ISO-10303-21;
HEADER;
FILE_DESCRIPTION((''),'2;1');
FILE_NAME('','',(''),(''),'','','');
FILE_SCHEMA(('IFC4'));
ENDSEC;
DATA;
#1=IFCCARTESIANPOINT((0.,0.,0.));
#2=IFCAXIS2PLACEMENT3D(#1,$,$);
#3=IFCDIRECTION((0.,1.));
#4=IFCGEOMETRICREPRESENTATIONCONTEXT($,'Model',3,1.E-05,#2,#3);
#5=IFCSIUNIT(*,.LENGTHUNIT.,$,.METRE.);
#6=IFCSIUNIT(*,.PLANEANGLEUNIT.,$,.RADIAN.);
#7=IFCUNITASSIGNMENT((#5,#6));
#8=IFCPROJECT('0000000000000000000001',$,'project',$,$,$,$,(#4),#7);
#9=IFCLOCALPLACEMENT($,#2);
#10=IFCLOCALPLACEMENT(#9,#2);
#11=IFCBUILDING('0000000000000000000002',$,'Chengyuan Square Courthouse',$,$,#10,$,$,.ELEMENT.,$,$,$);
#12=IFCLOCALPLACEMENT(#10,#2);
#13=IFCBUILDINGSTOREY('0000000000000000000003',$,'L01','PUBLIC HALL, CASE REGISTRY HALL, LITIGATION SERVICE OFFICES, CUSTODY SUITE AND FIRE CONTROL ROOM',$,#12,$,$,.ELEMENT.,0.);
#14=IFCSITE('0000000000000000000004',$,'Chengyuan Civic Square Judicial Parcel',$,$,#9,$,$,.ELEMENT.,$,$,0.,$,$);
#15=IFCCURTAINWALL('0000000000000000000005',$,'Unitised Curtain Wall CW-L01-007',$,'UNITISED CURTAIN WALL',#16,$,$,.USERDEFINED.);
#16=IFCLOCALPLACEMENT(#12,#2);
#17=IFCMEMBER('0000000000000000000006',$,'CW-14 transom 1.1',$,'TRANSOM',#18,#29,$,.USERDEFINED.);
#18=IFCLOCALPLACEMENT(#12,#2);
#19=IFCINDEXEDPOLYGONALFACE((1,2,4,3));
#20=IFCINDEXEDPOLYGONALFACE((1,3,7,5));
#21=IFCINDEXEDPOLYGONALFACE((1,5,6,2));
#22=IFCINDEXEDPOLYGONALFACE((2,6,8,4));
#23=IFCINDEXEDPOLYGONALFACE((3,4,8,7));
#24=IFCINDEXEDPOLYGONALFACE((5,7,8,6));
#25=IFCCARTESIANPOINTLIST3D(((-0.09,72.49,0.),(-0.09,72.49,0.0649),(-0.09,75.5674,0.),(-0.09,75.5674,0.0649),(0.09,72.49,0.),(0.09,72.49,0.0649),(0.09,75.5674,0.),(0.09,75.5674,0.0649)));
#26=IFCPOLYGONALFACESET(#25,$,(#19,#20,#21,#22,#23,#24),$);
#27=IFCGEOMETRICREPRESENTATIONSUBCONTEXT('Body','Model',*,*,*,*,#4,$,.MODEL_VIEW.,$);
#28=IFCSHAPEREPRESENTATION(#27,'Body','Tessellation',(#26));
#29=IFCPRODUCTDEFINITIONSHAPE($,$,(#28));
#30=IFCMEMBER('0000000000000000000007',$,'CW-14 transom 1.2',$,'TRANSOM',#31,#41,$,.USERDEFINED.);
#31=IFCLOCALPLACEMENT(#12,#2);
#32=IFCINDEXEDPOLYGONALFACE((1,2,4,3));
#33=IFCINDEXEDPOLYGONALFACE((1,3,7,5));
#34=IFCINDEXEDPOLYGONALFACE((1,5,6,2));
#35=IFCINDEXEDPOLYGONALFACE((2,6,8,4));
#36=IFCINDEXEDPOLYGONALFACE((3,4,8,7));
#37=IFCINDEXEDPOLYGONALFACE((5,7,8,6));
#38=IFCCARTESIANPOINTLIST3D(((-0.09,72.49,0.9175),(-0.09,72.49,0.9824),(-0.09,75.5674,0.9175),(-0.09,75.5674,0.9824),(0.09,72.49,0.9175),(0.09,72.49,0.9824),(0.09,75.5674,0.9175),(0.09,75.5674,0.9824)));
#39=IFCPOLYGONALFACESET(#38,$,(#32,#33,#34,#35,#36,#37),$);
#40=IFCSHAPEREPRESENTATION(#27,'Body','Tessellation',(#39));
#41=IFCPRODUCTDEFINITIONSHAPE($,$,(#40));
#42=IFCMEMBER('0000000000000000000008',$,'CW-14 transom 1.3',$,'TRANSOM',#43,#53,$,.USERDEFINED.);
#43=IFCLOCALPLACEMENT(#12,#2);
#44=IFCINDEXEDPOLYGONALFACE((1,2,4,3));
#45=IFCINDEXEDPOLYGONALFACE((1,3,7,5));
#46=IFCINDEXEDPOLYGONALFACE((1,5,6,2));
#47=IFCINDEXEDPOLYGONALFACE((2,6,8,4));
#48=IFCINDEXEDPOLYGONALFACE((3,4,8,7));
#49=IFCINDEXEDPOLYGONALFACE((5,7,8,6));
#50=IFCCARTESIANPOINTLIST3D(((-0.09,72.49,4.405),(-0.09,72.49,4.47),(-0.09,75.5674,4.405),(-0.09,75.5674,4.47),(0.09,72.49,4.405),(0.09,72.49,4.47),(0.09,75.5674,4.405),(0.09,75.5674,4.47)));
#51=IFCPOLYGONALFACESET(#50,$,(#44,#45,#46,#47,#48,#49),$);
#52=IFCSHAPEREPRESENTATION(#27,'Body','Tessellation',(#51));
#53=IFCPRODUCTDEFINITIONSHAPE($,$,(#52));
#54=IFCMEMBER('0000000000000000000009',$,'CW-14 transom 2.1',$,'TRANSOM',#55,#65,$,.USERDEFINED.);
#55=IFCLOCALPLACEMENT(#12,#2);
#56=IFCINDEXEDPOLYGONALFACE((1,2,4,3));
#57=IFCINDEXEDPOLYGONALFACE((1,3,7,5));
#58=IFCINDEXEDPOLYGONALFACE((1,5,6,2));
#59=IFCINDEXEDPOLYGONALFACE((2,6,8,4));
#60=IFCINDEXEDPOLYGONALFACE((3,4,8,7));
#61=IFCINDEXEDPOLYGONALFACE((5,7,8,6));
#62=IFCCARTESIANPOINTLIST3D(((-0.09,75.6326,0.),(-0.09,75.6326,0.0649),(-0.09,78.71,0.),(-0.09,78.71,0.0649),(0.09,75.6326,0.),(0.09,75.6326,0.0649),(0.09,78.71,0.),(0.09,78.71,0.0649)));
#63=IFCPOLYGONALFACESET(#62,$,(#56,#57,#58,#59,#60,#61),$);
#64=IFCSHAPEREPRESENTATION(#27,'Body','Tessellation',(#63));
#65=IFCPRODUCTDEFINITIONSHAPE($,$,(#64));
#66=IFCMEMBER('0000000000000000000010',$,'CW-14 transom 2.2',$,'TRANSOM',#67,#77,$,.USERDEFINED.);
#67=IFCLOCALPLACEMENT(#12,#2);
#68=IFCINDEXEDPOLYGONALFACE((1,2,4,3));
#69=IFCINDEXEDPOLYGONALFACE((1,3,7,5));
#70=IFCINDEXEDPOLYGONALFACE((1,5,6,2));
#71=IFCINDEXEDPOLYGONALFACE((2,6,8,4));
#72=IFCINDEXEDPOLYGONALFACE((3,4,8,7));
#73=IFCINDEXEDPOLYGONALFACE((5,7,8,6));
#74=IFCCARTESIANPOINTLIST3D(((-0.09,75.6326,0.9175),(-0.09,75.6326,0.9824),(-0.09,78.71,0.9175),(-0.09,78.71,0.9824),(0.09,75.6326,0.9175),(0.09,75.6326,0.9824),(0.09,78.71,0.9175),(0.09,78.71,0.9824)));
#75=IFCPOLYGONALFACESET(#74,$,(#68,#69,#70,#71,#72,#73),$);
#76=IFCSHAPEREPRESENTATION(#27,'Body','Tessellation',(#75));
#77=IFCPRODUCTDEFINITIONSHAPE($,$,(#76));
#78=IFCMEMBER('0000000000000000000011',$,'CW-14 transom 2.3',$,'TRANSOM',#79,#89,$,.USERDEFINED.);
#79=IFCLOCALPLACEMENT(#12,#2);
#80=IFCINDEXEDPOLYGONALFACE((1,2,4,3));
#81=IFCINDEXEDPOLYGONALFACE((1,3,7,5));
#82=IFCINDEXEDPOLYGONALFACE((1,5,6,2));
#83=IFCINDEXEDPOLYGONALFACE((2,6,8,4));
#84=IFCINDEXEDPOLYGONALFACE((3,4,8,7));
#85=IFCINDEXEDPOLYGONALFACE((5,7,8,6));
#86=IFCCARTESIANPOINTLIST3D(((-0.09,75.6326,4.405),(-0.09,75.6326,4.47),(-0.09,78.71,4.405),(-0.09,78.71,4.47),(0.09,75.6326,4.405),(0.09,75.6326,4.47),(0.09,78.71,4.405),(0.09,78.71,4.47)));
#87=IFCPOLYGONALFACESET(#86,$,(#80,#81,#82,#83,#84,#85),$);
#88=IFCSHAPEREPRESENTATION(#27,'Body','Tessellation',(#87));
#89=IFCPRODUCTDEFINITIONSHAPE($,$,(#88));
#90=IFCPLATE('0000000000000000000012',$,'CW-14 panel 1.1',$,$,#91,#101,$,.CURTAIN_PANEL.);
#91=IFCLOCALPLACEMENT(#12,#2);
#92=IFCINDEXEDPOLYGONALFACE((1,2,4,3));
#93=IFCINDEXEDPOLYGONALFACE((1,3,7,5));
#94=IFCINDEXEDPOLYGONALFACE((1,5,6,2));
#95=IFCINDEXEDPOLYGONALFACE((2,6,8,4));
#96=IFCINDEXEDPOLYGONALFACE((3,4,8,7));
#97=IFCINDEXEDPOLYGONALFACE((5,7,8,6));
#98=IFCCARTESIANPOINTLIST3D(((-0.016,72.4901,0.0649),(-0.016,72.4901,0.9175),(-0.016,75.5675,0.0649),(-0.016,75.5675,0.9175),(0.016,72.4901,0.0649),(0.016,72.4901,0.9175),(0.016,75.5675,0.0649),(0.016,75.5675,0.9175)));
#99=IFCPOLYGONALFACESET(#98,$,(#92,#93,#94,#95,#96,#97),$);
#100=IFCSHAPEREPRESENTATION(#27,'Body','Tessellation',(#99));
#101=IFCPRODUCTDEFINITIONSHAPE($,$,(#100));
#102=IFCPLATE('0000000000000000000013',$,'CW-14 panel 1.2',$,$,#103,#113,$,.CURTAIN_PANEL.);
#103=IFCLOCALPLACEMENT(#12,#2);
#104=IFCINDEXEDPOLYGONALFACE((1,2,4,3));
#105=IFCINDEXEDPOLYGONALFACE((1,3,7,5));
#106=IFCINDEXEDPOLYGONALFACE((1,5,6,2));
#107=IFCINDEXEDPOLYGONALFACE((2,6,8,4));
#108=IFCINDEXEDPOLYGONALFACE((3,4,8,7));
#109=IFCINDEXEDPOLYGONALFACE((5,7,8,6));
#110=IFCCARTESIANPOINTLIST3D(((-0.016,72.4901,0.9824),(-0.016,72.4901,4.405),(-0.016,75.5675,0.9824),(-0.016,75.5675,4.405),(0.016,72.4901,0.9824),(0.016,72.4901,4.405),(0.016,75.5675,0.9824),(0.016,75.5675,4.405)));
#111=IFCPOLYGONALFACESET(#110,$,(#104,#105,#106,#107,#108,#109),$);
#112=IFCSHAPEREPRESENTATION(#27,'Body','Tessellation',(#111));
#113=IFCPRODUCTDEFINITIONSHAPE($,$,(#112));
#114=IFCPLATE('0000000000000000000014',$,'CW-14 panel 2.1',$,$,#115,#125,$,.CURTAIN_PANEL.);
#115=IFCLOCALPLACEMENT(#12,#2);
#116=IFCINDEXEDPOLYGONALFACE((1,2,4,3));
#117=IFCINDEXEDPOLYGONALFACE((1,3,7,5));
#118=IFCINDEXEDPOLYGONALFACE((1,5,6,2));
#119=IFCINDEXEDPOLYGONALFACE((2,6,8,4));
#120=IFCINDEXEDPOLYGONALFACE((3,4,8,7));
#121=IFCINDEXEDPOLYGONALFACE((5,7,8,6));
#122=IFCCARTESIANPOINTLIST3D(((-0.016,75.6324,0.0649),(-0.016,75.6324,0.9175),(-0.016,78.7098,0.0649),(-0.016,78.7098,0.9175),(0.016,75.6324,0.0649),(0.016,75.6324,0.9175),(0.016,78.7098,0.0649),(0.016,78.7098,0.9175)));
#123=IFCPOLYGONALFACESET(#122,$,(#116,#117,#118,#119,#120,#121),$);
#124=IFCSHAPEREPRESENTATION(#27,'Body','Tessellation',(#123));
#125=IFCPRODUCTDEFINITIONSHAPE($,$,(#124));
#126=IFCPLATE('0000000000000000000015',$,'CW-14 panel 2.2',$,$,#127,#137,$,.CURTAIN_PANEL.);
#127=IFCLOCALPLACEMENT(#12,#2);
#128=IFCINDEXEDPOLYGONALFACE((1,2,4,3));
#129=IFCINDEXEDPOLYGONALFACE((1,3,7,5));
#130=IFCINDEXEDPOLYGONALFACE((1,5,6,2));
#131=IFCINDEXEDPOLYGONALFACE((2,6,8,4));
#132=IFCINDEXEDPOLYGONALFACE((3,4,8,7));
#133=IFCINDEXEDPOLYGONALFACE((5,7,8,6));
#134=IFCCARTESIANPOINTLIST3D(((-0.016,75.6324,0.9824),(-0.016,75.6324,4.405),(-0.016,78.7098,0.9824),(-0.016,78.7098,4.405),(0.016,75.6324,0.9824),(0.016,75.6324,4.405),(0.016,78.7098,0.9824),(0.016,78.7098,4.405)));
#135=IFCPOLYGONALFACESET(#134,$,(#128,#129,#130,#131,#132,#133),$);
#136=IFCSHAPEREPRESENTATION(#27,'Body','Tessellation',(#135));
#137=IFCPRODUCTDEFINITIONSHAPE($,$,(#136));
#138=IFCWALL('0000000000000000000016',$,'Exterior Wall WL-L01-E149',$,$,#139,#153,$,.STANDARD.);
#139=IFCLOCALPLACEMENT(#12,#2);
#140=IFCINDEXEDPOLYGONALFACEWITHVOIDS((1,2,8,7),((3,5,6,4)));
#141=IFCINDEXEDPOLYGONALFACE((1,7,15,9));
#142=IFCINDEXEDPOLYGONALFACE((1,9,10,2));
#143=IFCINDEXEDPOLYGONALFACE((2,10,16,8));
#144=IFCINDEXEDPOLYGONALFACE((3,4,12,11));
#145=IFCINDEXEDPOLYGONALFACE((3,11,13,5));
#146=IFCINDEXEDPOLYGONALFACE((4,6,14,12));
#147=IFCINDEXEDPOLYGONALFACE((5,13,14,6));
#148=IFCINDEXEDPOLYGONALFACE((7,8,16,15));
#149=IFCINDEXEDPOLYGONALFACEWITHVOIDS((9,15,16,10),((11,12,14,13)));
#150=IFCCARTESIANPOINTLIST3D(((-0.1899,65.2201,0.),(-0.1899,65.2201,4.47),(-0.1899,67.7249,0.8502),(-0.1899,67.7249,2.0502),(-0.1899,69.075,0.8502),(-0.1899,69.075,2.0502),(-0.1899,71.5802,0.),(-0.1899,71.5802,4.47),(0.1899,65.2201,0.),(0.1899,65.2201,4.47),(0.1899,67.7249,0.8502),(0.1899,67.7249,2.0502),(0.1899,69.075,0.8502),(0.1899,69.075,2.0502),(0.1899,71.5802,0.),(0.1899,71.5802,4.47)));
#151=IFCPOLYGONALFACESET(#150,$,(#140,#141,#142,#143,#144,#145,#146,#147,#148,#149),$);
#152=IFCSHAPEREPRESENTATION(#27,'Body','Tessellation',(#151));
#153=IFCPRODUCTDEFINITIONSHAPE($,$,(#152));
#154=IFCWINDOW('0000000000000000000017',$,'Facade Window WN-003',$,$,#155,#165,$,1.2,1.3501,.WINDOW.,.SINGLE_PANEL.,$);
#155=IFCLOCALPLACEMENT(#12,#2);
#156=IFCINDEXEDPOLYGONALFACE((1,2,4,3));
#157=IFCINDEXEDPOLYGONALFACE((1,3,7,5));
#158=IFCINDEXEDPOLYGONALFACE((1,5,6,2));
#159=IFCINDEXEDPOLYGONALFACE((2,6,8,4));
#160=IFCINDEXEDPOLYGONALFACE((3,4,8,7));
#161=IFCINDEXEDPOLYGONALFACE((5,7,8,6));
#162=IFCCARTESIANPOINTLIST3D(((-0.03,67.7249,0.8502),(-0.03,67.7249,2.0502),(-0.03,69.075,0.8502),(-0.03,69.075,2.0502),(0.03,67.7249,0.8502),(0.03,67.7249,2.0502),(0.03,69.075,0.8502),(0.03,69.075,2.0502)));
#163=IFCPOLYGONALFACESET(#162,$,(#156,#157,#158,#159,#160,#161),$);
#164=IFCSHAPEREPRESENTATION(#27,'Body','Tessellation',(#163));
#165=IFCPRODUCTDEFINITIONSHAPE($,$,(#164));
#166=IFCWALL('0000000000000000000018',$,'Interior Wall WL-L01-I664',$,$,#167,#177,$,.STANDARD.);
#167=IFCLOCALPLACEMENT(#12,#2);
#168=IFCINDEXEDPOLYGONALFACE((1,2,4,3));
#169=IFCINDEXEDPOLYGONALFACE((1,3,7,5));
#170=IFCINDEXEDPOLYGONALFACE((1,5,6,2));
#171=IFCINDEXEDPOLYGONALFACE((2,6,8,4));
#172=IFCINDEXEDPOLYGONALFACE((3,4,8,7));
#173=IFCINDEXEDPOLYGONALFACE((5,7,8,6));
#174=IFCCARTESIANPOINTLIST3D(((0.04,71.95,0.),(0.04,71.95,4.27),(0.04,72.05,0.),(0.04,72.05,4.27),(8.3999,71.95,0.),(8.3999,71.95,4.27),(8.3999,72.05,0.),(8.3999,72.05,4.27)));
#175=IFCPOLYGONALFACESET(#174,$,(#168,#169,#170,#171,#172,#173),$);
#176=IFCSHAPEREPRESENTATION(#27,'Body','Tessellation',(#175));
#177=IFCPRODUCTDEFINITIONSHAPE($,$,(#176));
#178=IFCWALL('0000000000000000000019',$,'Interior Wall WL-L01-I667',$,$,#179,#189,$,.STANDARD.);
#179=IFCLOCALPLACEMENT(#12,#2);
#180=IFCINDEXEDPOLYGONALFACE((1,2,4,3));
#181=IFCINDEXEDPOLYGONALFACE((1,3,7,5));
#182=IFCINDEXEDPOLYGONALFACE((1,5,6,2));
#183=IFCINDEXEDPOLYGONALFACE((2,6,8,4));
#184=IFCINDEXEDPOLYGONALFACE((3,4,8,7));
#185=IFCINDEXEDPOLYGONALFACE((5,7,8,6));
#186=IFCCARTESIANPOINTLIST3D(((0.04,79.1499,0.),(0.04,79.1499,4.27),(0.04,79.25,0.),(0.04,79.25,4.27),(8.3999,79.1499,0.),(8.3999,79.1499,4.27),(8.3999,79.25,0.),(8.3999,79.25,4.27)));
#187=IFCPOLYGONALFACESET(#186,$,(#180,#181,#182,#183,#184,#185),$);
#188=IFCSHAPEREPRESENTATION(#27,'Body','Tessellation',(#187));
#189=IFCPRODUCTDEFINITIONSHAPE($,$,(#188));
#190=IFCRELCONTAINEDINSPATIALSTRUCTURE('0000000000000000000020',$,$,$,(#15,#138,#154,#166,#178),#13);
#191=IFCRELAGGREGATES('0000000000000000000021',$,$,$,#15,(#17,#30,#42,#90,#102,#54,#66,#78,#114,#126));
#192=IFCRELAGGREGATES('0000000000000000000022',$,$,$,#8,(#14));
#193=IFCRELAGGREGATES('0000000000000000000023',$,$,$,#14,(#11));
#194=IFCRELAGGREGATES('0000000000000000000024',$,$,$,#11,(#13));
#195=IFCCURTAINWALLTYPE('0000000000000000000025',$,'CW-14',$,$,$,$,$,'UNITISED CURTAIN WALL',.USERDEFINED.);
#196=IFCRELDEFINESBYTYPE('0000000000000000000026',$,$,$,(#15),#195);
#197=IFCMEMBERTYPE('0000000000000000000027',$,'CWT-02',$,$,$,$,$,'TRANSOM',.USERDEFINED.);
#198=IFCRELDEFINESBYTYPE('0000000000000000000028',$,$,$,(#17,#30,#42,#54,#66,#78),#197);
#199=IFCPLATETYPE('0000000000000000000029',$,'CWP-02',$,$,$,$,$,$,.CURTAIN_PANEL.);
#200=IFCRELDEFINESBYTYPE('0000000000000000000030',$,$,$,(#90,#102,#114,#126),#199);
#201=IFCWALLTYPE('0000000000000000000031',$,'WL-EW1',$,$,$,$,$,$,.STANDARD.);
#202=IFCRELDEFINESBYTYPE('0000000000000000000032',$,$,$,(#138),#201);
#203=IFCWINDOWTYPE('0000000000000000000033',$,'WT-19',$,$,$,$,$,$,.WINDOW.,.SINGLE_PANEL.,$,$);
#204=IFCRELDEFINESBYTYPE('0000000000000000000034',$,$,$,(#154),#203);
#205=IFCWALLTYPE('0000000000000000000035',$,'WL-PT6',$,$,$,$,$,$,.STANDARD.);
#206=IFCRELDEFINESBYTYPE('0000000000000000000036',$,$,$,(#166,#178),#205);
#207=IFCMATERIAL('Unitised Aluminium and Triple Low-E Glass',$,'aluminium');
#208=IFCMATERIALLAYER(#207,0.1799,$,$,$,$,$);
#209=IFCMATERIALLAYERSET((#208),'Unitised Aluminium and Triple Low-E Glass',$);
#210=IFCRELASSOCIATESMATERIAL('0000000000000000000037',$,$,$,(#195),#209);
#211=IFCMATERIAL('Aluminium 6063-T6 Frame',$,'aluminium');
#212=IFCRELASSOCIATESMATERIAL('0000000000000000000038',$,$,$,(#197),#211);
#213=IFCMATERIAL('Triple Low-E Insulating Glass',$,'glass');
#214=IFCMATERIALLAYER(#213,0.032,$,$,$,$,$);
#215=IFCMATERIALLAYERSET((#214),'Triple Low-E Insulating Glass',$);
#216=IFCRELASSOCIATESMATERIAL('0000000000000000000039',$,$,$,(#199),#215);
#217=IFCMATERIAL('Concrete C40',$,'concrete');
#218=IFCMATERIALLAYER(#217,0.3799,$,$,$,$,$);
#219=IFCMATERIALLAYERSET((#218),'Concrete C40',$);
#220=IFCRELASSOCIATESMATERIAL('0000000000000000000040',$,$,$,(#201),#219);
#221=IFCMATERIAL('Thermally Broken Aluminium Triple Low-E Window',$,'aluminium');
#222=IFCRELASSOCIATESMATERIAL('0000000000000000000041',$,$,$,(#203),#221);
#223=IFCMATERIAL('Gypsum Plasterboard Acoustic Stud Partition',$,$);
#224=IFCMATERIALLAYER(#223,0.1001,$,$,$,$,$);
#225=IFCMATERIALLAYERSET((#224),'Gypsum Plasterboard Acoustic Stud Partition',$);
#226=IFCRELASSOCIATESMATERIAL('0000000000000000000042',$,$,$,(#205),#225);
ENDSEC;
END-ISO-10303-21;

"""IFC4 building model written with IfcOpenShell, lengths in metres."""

from ifc_helpers import new_model, si_unit, direction, frame, frame_2d, origin, origin_2d, place, context, subcontext, project, spatial, rectangle, extrude, material, layer, layer_set, material_profile, profile_set, type_object, element, fill, aggregate, save


model = new_model("IFC4")

# Units and contexts
model_context = context("Model", 3, precision=1e-05, world=origin(), true_north=direction((0.0, 1.0)))
body_context = subcontext(model_context, "Body", "Model", "MODEL_VIEW")
ifc_project = project(units=[si_unit("LENGTHUNIT", "METRE"), si_unit("PLANEANGLEUNIT", "RADIAN")], contexts=[model_context])

# Site, building, storey
site_placement = place(None, origin())
site = spatial("IfcSite", under=ifc_project, at=site_placement, Name="Chengyuan Civic Square Judicial Parcel", CompositionType="ELEMENT", RefElevation=0.0)
building_placement = place(site_placement, origin())
building = spatial("IfcBuilding", under=site, at=building_placement, Name="Chengyuan Square Courthouse", CompositionType="ELEMENT")
storey_placement = place(building_placement, origin())
storey = spatial("IfcBuildingStorey", under=building, at=storey_placement, Name="L01", Description="PUBLIC HALL, CASE REGISTRY HALL, LITIGATION SERVICE OFFICES, CUSTODY SUITE AND FIRE CONTROL ROOM", CompositionType="ELEMENT", Elevation=0.0)

# Shared definitions
ifc_material_1 = material(Name="Concrete C40", Category="concrete")

# Curtain wall, members, plates
ifc_material_2 = material(Name="Unitised Aluminium and Triple Low-E Glass", Category="aluminium")
ifc_layer_1 = layer(ifc_material_2, 0.1799)
ifc_layer_set_1 = layer_set([ifc_layer_1], Name="Unitised Aluminium and Triple Low-E Glass")
curtain_wall_type = type_object("IfcCurtainWallType", Name="CW-14", ElementType="UNITISED CURTAIN WALL", PredefinedType="USERDEFINED", material=ifc_layer_set_1)
curtain_wall_placement = place(storey_placement, origin())
curtain_wall = element("IfcCurtainWall", 1, at=curtain_wall_placement, inside=storey, type_object=curtain_wall_type, Name="Unitised Curtain Wall CW-L01-007", ObjectType="UNITISED CURTAIN WALL", PredefinedType="USERDEFINED")
ifc_material_3 = material(Name="Aluminium 6063-T6 Frame", Category="aluminium")
ifc_material_profile_1 = material_profile(ifc_material_3, rectangle(XDim=0.1799, YDim=0.0649, at=origin_2d()), Name="CW-TRN-65x140")
ifc_profile_set_1 = profile_set([ifc_material_profile_1], Name="Aluminium 6063-T6 Frame")
member_type_1 = type_object("IfcMemberType", Name="CWT-02", ElementType="TRANSOM", PredefinedType="USERDEFINED", material=ifc_profile_set_1)
member_1_placement = place(storey_placement, frame((0.0, 72.49, 0.0325), z_axis=(0.0, 1.0, 0.0), x_axis=(-1.0, 0.0, 0.0)))
member_1 = element("IfcMember", 2, at=member_1_placement, type_object=member_type_1, Name="CW-14 transom 1.1", ObjectType="TRANSOM", PredefinedType="USERDEFINED", context=body_context, shape_type="SweptSolid", body=[
    extrude(rectangle(XDim=0.1799, YDim=0.0649, at=origin_2d()), origin(), (0.0, 0.0, 1.0), 3.0774),
])
member_2_placement = place(storey_placement, frame((0.0, 72.49, 0.95), z_axis=(0.0, 1.0, 0.0), x_axis=(-1.0, 0.0, 0.0)))
member_2 = element("IfcMember", 3, at=member_2_placement, type_object=member_type_1, Name="CW-14 transom 1.2", ObjectType="TRANSOM", PredefinedType="USERDEFINED", context=body_context, shape_type="SweptSolid", body=[
    extrude(rectangle(XDim=0.1799, YDim=0.0649, at=origin_2d()), origin(), (0.0, 0.0, 1.0), 3.0774),
])
member_3_placement = place(storey_placement, frame((0.0, 72.49, 4.4375), z_axis=(0.0, 1.0, 0.0), x_axis=(-1.0, 0.0, 0.0)))
member_3 = element("IfcMember", 4, at=member_3_placement, type_object=member_type_1, Name="CW-14 transom 1.3", ObjectType="TRANSOM", PredefinedType="USERDEFINED", context=body_context, shape_type="SweptSolid", body=[
    extrude(rectangle(XDim=0.1799, YDim=0.0649, at=origin_2d()), origin(), (0.0, 0.0, 1.0), 3.0774),
])
member_4_placement = place(storey_placement, frame((0.0, 75.6326, 0.0325), z_axis=(0.0, 1.0, 0.0), x_axis=(-1.0, 0.0, 0.0)))
member_4 = element("IfcMember", 5, at=member_4_placement, type_object=member_type_1, Name="CW-14 transom 2.1", ObjectType="TRANSOM", PredefinedType="USERDEFINED", context=body_context, shape_type="SweptSolid", body=[
    extrude(rectangle(XDim=0.1799, YDim=0.0649, at=origin_2d()), origin(), (0.0, 0.0, 1.0), 3.0774),
])
member_5_placement = place(storey_placement, frame((0.0, 75.6326, 0.95), z_axis=(0.0, 1.0, 0.0), x_axis=(-1.0, 0.0, 0.0)))
member_5 = element("IfcMember", 6, at=member_5_placement, type_object=member_type_1, Name="CW-14 transom 2.2", ObjectType="TRANSOM", PredefinedType="USERDEFINED", context=body_context, shape_type="SweptSolid", body=[
    extrude(rectangle(XDim=0.1799, YDim=0.0649, at=origin_2d()), origin(), (0.0, 0.0, 1.0), 3.0774),
])
member_6_placement = place(storey_placement, frame((0.0, 75.6326, 4.4375), z_axis=(0.0, 1.0, 0.0), x_axis=(-1.0, 0.0, 0.0)))
member_6 = element("IfcMember", 7, at=member_6_placement, type_object=member_type_1, Name="CW-14 transom 2.3", ObjectType="TRANSOM", PredefinedType="USERDEFINED", context=body_context, shape_type="SweptSolid", body=[
    extrude(rectangle(XDim=0.1799, YDim=0.0649, at=origin_2d()), origin(), (0.0, 0.0, 1.0), 3.0774),
])
ifc_material_4 = material(Name="Triple Low-E Insulating Glass", Category="glass")
ifc_layer_2 = layer(ifc_material_4, 0.032)
ifc_layer_set_2 = layer_set([ifc_layer_2], Name="Triple Low-E Insulating Glass")
plate_type = type_object("IfcPlateType", Name="CWP-02", PredefinedType="CURTAIN_PANEL", material=ifc_layer_set_2)
plate_1_placement = place(storey_placement, frame((0.0, 74.0288, 0.0649), z_axis=(0.0, 0.0, 1.0), x_axis=(0.0, 1.0, 0.0)))
plate_1 = element("IfcPlate", 8, at=plate_1_placement, type_object=plate_type, Name="CW-14 panel 1.1", PredefinedType="CURTAIN_PANEL", context=body_context, shape_type="SweptSolid", body=[
    extrude(rectangle(XDim=3.0774, YDim=0.032, at=origin_2d()), origin(), (0.0, 0.0, 1.0), 0.8525),
])
plate_2_placement = place(storey_placement, frame((0.0, 74.0288, 0.9824), z_axis=(0.0, 0.0, 1.0), x_axis=(0.0, 1.0, 0.0)))
plate_2 = element("IfcPlate", 9, at=plate_2_placement, type_object=plate_type, Name="CW-14 panel 1.2", PredefinedType="CURTAIN_PANEL", context=body_context, shape_type="SweptSolid", body=[
    extrude(rectangle(XDim=3.0774, YDim=0.032, at=origin_2d()), origin(), (0.0, 0.0, 1.0), 3.4226),
])
plate_3_placement = place(storey_placement, frame((0.0, 77.1711, 0.0649), z_axis=(0.0, 0.0, 1.0), x_axis=(0.0, 1.0, 0.0)))
plate_3 = element("IfcPlate", 10, at=plate_3_placement, type_object=plate_type, Name="CW-14 panel 2.1", PredefinedType="CURTAIN_PANEL", context=body_context, shape_type="SweptSolid", body=[
    extrude(rectangle(XDim=3.0774, YDim=0.032, at=origin_2d()), origin(), (0.0, 0.0, 1.0), 0.8525),
])
plate_4_placement = place(storey_placement, frame((0.0, 77.1711, 0.9824), z_axis=(0.0, 0.0, 1.0), x_axis=(0.0, 1.0, 0.0)))
plate_4 = element("IfcPlate", 11, at=plate_4_placement, type_object=plate_type, Name="CW-14 panel 2.2", PredefinedType="CURTAIN_PANEL", context=body_context, shape_type="SweptSolid", body=[
    extrude(rectangle(XDim=3.0774, YDim=0.032, at=origin_2d()), origin(), (0.0, 0.0, 1.0), 3.4226),
])
aggregate(curtain_wall, [member_1, member_2, member_3, plate_1, plate_2, member_4, member_5, member_6, plate_3, plate_4])

# Wall, opening, window
ifc_layer_3 = layer(ifc_material_1, 0.3799)
ifc_layer_set_3 = layer_set([ifc_layer_3], Name="Concrete C40")
wall_type_1 = type_object("IfcWallType", Name="WL-EW1", PredefinedType="STANDARD", material=ifc_layer_set_3)
wall_placement = place(storey_placement, frame((0.0, 65.22, 0.0), z_axis=(0.0, 0.0, 1.0), x_axis=(0.0, 1.0, 0.0)))
wall = element("IfcWall", 12, at=wall_placement, inside=storey, type_object=wall_type_1, Name="Exterior Wall WL-L01-E149", PredefinedType="STANDARD", context=body_context, shape_type="SweptSolid", body=[
    extrude(rectangle(XDim=6.3601, YDim=0.3799, at=frame_2d((3.1802, 0.0))), origin(), (0.0, 0.0, 1.0), 4.47),
])
opening_placement = place(wall_placement, frame((2.5049, 0.0, 0.8501)))
opening = element("IfcOpeningElement", 13, at=opening_placement, cuts=wall, PredefinedType="OPENING", context=body_context, shape_type="SweptSolid", body=[
    extrude(rectangle(XDim=1.3501, YDim=1.2, at=frame_2d((0.675, 0.6001))), frame((0.0, 0.2019, 0.0), z_axis=(0.0, -1.0, 0.0), x_axis=(1.0, 0.0, 0.0)), (0.0, 0.0, 1.0), 0.4038),
])
ifc_material_5 = material(Name="Thermally Broken Aluminium Triple Low-E Window", Category="aluminium")
window_type = type_object("IfcWindowType", Name="WT-19", PartitioningType="SINGLE_PANEL", PredefinedType="WINDOW", material=ifc_material_5)
window_placement = place(opening_placement, origin())
window = element("IfcWindow", 14, at=window_placement, inside=storey, type_object=window_type, Name="Facade Window WN-003", OverallHeight=1.2, OverallWidth=1.3501, PartitioningType="SINGLE_PANEL", PredefinedType="WINDOW", context=body_context, shape_type="SweptSolid", body=[
    extrude(rectangle(XDim=1.3501, YDim=1.2, at=frame_2d((0.675, 0.6001))), frame((0.0, 0.03, 0.0), z_axis=(0.0, -1.0, 0.0), x_axis=(1.0, 0.0, 0.0)), (0.0, 0.0, 1.0), 0.0601),
])
fill(opening, window)

# Walls
ifc_material_6 = material(Name="Gypsum Plasterboard Acoustic Stud Partition")
ifc_layer_4 = layer(ifc_material_6, 0.1001)
ifc_layer_set_4 = layer_set([ifc_layer_4], Name="Gypsum Plasterboard Acoustic Stud Partition")
wall_type_2 = type_object("IfcWallType", Name="WL-PT6", PredefinedType="STANDARD", material=ifc_layer_set_4)
for number, where, z_axis, x_axis, name in (
    (15, (0.04, 72.0, 0.0), (0.0, 0.0, 1.0), (1.0, 0.0, 0.0), "Interior Wall WL-L01-I664"),
    (16, (0.04, 79.2, 0.0), (0.0, 0.0, 1.0), (1.0, 0.0, 0.0), "Interior Wall WL-L01-I667"),
):
    element("IfcWall", number, at=place(storey_placement, frame(where, z_axis=z_axis, x_axis=x_axis)), inside=storey, type_object=wall_type_2, Name=name, PredefinedType="STANDARD", context=body_context, shape_type="SweptSolid", body=[
        extrude(rectangle(XDim=8.3599, YDim=0.1001, at=frame_2d((4.1799, 0.0))), origin(), (0.0, 0.0, 1.0), 4.27),
    ])

save(model, "model.ifc")
